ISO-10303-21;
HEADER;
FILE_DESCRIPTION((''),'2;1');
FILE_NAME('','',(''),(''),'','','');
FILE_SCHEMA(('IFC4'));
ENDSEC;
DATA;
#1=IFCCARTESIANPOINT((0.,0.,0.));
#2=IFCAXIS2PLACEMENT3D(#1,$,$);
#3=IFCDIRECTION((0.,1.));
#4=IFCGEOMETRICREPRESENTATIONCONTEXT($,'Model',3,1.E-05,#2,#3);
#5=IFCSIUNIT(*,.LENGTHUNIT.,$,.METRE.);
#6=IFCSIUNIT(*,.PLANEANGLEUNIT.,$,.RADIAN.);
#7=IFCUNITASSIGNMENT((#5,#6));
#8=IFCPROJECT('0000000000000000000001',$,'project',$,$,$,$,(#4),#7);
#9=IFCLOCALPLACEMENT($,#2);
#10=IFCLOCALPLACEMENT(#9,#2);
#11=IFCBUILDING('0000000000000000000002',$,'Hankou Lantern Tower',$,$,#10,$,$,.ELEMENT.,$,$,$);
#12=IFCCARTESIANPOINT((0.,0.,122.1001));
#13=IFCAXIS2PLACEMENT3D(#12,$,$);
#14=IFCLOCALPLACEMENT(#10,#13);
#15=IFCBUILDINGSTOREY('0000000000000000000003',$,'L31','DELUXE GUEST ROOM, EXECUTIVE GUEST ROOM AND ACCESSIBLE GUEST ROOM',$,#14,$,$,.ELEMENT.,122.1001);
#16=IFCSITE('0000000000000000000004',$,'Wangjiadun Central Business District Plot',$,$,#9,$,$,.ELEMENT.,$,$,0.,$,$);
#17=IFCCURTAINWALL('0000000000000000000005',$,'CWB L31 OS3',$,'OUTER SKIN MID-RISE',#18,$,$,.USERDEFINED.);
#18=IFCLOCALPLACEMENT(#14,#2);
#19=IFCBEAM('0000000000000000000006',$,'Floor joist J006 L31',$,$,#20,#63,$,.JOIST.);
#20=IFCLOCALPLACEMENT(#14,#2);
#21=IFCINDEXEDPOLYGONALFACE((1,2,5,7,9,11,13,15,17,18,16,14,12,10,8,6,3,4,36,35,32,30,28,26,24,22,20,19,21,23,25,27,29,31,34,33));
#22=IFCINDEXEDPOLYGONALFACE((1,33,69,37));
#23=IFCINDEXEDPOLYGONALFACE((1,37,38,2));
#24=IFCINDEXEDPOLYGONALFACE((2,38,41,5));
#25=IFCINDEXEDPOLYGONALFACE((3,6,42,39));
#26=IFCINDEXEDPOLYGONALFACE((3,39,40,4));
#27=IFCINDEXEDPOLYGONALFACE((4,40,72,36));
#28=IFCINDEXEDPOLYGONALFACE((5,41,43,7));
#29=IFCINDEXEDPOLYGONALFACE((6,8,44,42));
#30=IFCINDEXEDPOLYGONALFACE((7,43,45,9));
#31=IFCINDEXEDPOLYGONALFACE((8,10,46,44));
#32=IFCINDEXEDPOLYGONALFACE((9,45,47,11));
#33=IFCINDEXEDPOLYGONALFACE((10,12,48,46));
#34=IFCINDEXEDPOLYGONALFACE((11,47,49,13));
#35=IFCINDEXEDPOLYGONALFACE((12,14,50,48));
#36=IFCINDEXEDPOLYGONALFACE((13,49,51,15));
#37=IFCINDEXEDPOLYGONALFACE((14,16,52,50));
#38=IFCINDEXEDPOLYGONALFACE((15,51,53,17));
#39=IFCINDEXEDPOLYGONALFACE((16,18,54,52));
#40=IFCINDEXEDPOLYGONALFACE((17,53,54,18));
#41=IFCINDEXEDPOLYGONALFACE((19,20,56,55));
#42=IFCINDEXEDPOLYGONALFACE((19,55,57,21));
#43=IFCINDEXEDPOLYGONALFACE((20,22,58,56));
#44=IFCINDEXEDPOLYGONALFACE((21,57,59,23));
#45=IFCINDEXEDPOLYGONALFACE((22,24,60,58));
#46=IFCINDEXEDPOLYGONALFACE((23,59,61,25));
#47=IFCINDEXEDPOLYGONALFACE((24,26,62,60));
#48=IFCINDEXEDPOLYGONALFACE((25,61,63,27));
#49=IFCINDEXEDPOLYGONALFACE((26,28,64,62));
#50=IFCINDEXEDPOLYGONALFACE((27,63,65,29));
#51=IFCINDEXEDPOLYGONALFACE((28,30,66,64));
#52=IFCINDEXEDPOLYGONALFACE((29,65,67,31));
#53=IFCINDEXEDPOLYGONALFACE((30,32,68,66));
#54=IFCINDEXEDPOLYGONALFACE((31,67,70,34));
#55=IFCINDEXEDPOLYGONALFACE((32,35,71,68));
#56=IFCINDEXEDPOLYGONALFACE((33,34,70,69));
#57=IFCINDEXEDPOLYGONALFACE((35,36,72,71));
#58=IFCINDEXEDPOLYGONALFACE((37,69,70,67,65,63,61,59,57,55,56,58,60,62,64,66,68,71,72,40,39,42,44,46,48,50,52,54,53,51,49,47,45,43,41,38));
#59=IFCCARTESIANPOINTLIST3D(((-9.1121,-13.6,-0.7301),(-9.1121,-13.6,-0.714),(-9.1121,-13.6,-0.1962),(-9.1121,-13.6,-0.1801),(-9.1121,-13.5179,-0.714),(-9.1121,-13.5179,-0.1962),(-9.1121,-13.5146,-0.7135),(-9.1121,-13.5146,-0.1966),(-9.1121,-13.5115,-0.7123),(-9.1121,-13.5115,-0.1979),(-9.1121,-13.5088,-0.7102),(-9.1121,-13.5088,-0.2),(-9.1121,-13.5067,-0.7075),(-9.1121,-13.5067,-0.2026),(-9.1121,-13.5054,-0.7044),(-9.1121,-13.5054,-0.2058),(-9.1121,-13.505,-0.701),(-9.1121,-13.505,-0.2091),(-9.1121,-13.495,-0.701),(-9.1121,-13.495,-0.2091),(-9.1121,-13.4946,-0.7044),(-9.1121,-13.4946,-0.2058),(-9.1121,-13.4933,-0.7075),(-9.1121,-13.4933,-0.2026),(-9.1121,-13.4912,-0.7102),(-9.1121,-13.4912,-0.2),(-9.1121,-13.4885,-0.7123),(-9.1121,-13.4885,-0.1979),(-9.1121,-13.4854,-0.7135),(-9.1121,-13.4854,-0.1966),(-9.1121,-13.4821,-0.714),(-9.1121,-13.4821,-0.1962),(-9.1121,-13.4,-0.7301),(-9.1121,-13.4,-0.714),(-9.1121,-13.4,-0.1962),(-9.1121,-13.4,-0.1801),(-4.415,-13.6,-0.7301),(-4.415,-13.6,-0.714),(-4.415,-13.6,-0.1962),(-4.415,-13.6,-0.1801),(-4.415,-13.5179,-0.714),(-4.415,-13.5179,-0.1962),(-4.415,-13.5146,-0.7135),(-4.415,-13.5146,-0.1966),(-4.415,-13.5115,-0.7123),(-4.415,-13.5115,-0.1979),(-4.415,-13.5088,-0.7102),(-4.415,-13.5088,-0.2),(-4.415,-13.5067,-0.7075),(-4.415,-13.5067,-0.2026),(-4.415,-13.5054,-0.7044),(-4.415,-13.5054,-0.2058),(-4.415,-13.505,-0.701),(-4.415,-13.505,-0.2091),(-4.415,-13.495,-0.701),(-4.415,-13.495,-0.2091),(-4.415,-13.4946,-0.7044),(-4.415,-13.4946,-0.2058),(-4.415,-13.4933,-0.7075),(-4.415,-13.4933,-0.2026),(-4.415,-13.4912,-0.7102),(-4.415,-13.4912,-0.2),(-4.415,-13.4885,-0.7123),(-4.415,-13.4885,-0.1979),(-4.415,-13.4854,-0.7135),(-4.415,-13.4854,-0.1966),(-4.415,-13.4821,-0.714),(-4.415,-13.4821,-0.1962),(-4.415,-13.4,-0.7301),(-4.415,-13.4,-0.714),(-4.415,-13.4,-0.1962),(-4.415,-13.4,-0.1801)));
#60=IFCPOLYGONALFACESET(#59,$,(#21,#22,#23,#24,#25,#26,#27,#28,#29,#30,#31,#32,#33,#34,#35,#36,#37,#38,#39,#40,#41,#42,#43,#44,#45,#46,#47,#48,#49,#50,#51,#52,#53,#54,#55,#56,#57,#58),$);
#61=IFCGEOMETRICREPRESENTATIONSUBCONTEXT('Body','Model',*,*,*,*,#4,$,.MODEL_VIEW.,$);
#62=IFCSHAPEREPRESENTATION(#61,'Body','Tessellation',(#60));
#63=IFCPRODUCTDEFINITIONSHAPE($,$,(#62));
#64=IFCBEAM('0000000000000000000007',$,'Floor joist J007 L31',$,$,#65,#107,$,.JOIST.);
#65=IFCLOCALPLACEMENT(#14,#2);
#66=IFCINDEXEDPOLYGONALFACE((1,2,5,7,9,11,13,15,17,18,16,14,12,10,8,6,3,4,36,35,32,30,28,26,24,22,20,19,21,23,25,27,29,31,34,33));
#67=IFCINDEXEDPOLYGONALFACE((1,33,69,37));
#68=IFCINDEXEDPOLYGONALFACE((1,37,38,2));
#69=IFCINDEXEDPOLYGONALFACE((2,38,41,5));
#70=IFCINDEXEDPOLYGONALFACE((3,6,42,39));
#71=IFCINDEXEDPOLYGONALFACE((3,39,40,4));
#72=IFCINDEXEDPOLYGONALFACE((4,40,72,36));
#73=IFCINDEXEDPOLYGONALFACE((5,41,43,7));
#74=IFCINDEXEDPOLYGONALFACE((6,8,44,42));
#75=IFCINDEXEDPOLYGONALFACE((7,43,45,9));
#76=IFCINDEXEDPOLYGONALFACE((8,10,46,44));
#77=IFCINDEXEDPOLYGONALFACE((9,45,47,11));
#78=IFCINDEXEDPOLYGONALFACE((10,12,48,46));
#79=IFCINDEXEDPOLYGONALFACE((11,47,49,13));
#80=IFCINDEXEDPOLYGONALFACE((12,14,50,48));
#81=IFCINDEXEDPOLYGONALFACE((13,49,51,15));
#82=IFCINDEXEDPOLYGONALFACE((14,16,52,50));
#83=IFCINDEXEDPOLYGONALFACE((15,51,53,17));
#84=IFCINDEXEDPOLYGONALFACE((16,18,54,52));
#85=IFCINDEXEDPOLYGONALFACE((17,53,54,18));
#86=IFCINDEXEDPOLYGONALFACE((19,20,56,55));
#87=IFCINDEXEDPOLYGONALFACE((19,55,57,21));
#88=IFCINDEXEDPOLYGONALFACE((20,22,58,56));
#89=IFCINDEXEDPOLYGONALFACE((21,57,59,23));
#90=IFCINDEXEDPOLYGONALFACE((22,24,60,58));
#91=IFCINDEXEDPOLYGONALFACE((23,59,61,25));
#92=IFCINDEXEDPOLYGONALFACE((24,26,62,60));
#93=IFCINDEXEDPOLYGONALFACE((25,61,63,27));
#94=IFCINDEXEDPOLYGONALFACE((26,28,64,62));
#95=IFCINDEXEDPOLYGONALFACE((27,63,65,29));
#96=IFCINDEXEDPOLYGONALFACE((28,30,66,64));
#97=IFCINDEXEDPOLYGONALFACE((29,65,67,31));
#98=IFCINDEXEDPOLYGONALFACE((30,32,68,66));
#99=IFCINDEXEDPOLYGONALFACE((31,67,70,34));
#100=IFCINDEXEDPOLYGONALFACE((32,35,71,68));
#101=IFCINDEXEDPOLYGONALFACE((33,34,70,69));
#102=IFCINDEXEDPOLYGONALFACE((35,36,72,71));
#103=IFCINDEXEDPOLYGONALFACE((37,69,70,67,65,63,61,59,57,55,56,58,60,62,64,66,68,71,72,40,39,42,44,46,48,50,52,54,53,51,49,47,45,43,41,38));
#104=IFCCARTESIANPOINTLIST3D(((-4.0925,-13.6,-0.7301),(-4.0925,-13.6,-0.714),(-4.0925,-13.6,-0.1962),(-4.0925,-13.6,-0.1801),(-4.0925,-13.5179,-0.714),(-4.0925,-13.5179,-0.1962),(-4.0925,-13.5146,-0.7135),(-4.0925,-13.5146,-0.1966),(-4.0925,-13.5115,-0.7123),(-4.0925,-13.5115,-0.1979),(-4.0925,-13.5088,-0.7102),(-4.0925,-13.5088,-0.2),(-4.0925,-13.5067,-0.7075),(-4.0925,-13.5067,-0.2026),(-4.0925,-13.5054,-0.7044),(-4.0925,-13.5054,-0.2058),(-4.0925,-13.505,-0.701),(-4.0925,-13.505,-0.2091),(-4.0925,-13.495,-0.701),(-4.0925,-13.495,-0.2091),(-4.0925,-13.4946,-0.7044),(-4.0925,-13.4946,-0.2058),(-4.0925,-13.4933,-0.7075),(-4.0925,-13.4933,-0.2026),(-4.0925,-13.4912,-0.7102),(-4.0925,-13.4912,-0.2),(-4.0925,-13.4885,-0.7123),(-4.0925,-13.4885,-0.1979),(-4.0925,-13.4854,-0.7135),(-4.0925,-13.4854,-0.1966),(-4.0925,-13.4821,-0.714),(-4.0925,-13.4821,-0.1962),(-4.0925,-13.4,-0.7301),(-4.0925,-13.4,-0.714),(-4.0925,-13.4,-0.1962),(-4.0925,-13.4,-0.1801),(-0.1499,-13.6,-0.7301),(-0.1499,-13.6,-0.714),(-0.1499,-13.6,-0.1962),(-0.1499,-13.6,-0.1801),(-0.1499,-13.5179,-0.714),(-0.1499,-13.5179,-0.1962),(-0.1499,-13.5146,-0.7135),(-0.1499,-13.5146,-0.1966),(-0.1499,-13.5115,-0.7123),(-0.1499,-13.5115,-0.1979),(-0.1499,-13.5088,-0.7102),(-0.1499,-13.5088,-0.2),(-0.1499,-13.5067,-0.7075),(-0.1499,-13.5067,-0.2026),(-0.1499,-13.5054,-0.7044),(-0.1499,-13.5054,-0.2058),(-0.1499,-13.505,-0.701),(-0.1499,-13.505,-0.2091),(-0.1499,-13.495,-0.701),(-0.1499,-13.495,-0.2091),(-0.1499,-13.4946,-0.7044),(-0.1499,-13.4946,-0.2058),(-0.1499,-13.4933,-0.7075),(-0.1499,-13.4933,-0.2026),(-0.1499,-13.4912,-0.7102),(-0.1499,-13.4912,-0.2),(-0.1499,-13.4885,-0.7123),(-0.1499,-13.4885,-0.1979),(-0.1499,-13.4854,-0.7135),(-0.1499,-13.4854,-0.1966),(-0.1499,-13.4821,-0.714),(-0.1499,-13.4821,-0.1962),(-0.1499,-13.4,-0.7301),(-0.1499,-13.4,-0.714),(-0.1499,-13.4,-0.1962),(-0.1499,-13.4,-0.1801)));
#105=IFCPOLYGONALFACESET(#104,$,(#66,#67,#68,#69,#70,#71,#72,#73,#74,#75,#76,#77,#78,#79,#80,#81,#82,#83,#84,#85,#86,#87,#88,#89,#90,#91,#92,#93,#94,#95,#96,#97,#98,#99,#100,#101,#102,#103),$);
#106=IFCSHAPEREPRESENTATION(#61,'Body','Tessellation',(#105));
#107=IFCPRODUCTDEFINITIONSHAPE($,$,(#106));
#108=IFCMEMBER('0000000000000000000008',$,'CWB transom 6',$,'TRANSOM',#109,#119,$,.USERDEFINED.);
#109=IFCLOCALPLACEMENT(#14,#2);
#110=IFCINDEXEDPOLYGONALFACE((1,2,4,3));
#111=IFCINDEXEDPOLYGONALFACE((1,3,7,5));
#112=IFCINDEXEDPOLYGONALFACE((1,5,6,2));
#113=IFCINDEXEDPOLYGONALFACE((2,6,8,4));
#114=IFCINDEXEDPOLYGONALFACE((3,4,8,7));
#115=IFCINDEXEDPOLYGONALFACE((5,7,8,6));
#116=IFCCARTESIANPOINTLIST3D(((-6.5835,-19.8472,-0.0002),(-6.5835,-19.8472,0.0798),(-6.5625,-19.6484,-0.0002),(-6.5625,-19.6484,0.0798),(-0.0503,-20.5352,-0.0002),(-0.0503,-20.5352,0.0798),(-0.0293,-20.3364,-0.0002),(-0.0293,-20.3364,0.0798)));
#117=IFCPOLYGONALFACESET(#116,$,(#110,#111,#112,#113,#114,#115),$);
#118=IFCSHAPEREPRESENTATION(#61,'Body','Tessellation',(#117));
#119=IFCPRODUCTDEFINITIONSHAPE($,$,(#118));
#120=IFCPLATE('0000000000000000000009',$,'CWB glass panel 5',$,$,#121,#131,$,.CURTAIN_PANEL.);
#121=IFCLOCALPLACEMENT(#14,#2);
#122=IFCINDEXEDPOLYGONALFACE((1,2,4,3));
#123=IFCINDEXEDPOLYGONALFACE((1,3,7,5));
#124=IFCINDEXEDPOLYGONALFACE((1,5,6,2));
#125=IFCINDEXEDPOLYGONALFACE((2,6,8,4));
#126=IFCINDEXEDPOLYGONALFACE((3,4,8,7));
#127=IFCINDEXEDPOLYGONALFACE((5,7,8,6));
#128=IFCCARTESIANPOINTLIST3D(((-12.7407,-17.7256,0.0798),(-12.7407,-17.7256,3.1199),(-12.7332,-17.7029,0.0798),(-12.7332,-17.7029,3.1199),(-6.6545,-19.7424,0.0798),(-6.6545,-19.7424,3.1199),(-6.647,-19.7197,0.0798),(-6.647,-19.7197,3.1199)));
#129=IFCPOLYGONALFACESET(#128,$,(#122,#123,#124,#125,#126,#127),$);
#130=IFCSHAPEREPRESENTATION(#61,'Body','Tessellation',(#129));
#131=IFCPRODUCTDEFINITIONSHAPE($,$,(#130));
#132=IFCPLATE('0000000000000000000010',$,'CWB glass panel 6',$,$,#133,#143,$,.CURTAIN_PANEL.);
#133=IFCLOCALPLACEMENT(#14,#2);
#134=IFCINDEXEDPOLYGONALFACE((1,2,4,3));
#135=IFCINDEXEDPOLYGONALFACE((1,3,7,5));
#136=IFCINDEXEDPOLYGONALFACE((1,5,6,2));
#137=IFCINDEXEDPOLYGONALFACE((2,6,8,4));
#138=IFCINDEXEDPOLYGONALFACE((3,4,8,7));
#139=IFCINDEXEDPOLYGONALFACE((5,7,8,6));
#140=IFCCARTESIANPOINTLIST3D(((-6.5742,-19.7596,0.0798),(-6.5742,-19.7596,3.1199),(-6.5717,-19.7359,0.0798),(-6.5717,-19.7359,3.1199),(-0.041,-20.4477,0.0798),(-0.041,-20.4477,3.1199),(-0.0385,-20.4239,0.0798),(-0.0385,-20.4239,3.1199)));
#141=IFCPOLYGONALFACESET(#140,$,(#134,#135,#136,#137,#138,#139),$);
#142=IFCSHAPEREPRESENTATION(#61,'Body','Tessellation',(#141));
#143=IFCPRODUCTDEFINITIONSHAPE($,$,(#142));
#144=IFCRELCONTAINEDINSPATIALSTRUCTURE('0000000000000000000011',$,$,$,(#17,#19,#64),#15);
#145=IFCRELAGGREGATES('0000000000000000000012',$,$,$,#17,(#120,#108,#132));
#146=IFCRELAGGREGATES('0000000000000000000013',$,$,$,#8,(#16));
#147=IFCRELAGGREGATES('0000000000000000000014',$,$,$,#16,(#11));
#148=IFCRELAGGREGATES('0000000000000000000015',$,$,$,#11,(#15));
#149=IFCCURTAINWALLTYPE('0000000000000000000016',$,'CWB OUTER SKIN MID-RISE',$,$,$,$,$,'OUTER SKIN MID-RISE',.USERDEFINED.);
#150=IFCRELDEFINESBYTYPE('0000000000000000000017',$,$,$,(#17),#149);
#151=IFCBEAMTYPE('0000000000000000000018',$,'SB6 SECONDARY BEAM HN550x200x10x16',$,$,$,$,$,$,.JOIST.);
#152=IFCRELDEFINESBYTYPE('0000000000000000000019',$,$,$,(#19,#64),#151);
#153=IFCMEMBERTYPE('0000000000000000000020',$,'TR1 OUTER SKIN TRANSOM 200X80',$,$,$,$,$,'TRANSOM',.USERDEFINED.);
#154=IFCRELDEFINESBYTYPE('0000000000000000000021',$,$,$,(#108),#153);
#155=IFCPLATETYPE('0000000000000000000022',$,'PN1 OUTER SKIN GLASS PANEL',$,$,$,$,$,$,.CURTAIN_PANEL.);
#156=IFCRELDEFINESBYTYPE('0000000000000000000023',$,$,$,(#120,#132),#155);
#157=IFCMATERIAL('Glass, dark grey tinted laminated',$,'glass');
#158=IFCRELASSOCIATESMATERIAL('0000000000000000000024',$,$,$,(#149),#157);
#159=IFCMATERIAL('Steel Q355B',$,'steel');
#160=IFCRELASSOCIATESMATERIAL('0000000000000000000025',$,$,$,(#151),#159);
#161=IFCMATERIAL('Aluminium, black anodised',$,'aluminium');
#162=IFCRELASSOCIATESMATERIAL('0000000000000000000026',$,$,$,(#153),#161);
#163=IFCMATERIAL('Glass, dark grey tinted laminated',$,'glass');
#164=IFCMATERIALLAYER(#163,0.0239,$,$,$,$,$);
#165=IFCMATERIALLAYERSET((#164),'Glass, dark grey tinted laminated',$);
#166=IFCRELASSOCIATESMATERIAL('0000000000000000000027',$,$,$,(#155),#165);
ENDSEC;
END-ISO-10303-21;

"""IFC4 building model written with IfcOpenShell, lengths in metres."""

from ifc_helpers import new_model, si_unit, direction, frame, origin, origin_2d, place, context, subcontext, project, spatial, rectangle, i_section, extrude, material, layer, layer_set, material_profile, profile_set, type_object, element, aggregate, save


model = new_model("IFC4")

# Units and contexts
model_context = context("Model", 3, precision=1e-05, world=origin(), true_north=direction((0.0, 1.0)))
body_context = subcontext(model_context, "Body", "Model", "MODEL_VIEW")
ifc_project = project(units=[si_unit("LENGTHUNIT", "METRE"), si_unit("PLANEANGLEUNIT", "RADIAN")], contexts=[model_context])

# Site, building, storey
site_placement = place(None, origin())
site = spatial("IfcSite", under=ifc_project, at=site_placement, Name="Wangjiadun Central Business District Plot", CompositionType="ELEMENT", RefElevation=0.0)
building_placement = place(site_placement, origin())
building = spatial("IfcBuilding", under=site, at=building_placement, Name="Hankou Lantern Tower", CompositionType="ELEMENT")
storey_placement = place(building_placement, frame((0.0, 0.0, 122.1001)))
storey = spatial("IfcBuildingStorey", under=building, at=storey_placement, Name="L31", Description="DELUXE GUEST ROOM, EXECUTIVE GUEST ROOM AND ACCESSIBLE GUEST ROOM", CompositionType="ELEMENT", Elevation=122.1001)

# Curtain wall
ifc_material_1 = material(Name="Glass, dark grey tinted laminated", Category="glass")
curtain_wall_type = type_object("IfcCurtainWallType", Name="CWB OUTER SKIN MID-RISE", ElementType="OUTER SKIN MID-RISE", PredefinedType="USERDEFINED", material=ifc_material_1)
curtain_wall_placement = place(storey_placement, origin())
curtain_wall = element("IfcCurtainWall", 1, at=curtain_wall_placement, inside=storey, type_object=curtain_wall_type, Name="CWB L31 OS3", ObjectType="OUTER SKIN MID-RISE", PredefinedType="USERDEFINED")

# Beams
ifc_material_2 = material(Name="Steel Q355B", Category="steel")
ifc_material_profile_1 = material_profile(ifc_material_2, i_section(OverallWidth=0.2, OverallDepth=0.55, WebThickness=0.01, FlangeThickness=0.0161, FilletRadius=0.0129, at=origin_2d()), Name="HN550x200x10x16")
ifc_profile_set_1 = profile_set([ifc_material_profile_1], Name="Steel Q355B")
beam_type_1 = type_object("IfcBeamType", Name="SB6 SECONDARY BEAM HN550x200x10x16", PredefinedType="JOIST", material=ifc_profile_set_1)
beam_1_placement = place(storey_placement, frame((-9.1121, -13.5, -0.4551), z_axis=(1.0, 0.0, 0.0), x_axis=(0.0, 1.0, 0.0)))
element("IfcBeam", 2, at=beam_1_placement, inside=storey, type_object=beam_type_1, Name="Floor joist J006 L31", PredefinedType="JOIST", context=body_context, shape_type="SweptSolid", body=[
    extrude(i_section(OverallWidth=0.2, OverallDepth=0.55, WebThickness=0.01, FlangeThickness=0.0161, FilletRadius=0.0129, at=origin_2d()), origin(), (0.0, 0.0, 1.0), 4.697),
])
beam_2_placement = place(storey_placement, frame((-4.0925, -13.5, -0.4551), z_axis=(1.0, 0.0, 0.0), x_axis=(0.0, 1.0, 0.0)))
element("IfcBeam", 3, at=beam_2_placement, inside=storey, type_object=beam_type_1, Name="Floor joist J007 L31", PredefinedType="JOIST", context=body_context, shape_type="SweptSolid", body=[
    extrude(i_section(OverallWidth=0.2, OverallDepth=0.55, WebThickness=0.01, FlangeThickness=0.0161, FilletRadius=0.0129, at=origin_2d()), origin(), (0.0, 0.0, 1.0), 3.9426),
])

# Member
ifc_material_3 = material(Name="Aluminium, black anodised", Category="aluminium")
ifc_material_profile_2 = material_profile(ifc_material_3, rectangle(XDim=0.2, YDim=0.0801, at=origin_2d()), Name="TR1 200X80")
ifc_profile_set_2 = profile_set([ifc_material_profile_2], Name="Aluminium, black anodised")
member_type_1 = type_object("IfcMemberType", Name="TR1 OUTER SKIN TRANSOM 200X80", ElementType="TRANSOM", PredefinedType="USERDEFINED", material=ifc_profile_set_2)
member_1_placement = place(storey_placement, frame((-6.573, -19.7478, 0.0398), z_axis=(0.994501, -0.104727, 0.0), x_axis=(0.104727, 0.994501, 0.0)))
member_1 = element("IfcMember", 4, at=member_1_placement, type_object=member_type_1, Name="CWB transom 6", ObjectType="TRANSOM", PredefinedType="USERDEFINED", context=body_context, shape_type="SweptSolid", body=[
    extrude(rectangle(XDim=0.2, YDim=0.0801, at=origin_2d()), origin(), (0.0, 0.0, 1.0), 6.5693),
])

# Plates
ifc_material_4 = material(Name="Glass, dark grey tinted laminated", Category="glass")
ifc_layer_1 = layer(ifc_material_4, 0.0239)
ifc_layer_set_1 = layer_set([ifc_layer_1], Name="Glass, dark grey tinted laminated")
plate_type = type_object("IfcPlateType", Name="PN1 OUTER SKIN GLASS PANEL", PredefinedType="CURTAIN_PANEL", material=ifc_layer_set_1)
plate_1_placement = place(storey_placement, frame((-9.6938, -18.7227, 0.0798), z_axis=(0.0, 0.0, 1.0), x_axis=(0.949241, -0.314551, 0.0)))
plate_1 = element("IfcPlate", 5, at=plate_1_placement, type_object=plate_type, Name="CWB glass panel 5", PredefinedType="CURTAIN_PANEL", context=body_context, shape_type="SweptSolid", body=[
    extrude(rectangle(XDim=6.4116, YDim=0.0239, at=origin_2d()), origin(), (0.0, 0.0, 1.0), 3.04),
])
plate_2_placement = place(storey_placement, frame((-3.3064, -20.0918, 0.0798), z_axis=(0.0, 0.0, 1.0), x_axis=(0.994499, -0.104743, 0.0)))
plate_2 = element("IfcPlate", 6, at=plate_2_placement, type_object=plate_type, Name="CWB glass panel 6", PredefinedType="CURTAIN_PANEL", context=body_context, shape_type="SweptSolid", body=[
    extrude(rectangle(XDim=6.5693, YDim=0.0239, at=origin_2d()), origin(), (0.0, 0.0, 1.0), 3.04),
])
aggregate(curtain_wall, [plate_1, member_1, plate_2])

save(model, "model.ifc")
